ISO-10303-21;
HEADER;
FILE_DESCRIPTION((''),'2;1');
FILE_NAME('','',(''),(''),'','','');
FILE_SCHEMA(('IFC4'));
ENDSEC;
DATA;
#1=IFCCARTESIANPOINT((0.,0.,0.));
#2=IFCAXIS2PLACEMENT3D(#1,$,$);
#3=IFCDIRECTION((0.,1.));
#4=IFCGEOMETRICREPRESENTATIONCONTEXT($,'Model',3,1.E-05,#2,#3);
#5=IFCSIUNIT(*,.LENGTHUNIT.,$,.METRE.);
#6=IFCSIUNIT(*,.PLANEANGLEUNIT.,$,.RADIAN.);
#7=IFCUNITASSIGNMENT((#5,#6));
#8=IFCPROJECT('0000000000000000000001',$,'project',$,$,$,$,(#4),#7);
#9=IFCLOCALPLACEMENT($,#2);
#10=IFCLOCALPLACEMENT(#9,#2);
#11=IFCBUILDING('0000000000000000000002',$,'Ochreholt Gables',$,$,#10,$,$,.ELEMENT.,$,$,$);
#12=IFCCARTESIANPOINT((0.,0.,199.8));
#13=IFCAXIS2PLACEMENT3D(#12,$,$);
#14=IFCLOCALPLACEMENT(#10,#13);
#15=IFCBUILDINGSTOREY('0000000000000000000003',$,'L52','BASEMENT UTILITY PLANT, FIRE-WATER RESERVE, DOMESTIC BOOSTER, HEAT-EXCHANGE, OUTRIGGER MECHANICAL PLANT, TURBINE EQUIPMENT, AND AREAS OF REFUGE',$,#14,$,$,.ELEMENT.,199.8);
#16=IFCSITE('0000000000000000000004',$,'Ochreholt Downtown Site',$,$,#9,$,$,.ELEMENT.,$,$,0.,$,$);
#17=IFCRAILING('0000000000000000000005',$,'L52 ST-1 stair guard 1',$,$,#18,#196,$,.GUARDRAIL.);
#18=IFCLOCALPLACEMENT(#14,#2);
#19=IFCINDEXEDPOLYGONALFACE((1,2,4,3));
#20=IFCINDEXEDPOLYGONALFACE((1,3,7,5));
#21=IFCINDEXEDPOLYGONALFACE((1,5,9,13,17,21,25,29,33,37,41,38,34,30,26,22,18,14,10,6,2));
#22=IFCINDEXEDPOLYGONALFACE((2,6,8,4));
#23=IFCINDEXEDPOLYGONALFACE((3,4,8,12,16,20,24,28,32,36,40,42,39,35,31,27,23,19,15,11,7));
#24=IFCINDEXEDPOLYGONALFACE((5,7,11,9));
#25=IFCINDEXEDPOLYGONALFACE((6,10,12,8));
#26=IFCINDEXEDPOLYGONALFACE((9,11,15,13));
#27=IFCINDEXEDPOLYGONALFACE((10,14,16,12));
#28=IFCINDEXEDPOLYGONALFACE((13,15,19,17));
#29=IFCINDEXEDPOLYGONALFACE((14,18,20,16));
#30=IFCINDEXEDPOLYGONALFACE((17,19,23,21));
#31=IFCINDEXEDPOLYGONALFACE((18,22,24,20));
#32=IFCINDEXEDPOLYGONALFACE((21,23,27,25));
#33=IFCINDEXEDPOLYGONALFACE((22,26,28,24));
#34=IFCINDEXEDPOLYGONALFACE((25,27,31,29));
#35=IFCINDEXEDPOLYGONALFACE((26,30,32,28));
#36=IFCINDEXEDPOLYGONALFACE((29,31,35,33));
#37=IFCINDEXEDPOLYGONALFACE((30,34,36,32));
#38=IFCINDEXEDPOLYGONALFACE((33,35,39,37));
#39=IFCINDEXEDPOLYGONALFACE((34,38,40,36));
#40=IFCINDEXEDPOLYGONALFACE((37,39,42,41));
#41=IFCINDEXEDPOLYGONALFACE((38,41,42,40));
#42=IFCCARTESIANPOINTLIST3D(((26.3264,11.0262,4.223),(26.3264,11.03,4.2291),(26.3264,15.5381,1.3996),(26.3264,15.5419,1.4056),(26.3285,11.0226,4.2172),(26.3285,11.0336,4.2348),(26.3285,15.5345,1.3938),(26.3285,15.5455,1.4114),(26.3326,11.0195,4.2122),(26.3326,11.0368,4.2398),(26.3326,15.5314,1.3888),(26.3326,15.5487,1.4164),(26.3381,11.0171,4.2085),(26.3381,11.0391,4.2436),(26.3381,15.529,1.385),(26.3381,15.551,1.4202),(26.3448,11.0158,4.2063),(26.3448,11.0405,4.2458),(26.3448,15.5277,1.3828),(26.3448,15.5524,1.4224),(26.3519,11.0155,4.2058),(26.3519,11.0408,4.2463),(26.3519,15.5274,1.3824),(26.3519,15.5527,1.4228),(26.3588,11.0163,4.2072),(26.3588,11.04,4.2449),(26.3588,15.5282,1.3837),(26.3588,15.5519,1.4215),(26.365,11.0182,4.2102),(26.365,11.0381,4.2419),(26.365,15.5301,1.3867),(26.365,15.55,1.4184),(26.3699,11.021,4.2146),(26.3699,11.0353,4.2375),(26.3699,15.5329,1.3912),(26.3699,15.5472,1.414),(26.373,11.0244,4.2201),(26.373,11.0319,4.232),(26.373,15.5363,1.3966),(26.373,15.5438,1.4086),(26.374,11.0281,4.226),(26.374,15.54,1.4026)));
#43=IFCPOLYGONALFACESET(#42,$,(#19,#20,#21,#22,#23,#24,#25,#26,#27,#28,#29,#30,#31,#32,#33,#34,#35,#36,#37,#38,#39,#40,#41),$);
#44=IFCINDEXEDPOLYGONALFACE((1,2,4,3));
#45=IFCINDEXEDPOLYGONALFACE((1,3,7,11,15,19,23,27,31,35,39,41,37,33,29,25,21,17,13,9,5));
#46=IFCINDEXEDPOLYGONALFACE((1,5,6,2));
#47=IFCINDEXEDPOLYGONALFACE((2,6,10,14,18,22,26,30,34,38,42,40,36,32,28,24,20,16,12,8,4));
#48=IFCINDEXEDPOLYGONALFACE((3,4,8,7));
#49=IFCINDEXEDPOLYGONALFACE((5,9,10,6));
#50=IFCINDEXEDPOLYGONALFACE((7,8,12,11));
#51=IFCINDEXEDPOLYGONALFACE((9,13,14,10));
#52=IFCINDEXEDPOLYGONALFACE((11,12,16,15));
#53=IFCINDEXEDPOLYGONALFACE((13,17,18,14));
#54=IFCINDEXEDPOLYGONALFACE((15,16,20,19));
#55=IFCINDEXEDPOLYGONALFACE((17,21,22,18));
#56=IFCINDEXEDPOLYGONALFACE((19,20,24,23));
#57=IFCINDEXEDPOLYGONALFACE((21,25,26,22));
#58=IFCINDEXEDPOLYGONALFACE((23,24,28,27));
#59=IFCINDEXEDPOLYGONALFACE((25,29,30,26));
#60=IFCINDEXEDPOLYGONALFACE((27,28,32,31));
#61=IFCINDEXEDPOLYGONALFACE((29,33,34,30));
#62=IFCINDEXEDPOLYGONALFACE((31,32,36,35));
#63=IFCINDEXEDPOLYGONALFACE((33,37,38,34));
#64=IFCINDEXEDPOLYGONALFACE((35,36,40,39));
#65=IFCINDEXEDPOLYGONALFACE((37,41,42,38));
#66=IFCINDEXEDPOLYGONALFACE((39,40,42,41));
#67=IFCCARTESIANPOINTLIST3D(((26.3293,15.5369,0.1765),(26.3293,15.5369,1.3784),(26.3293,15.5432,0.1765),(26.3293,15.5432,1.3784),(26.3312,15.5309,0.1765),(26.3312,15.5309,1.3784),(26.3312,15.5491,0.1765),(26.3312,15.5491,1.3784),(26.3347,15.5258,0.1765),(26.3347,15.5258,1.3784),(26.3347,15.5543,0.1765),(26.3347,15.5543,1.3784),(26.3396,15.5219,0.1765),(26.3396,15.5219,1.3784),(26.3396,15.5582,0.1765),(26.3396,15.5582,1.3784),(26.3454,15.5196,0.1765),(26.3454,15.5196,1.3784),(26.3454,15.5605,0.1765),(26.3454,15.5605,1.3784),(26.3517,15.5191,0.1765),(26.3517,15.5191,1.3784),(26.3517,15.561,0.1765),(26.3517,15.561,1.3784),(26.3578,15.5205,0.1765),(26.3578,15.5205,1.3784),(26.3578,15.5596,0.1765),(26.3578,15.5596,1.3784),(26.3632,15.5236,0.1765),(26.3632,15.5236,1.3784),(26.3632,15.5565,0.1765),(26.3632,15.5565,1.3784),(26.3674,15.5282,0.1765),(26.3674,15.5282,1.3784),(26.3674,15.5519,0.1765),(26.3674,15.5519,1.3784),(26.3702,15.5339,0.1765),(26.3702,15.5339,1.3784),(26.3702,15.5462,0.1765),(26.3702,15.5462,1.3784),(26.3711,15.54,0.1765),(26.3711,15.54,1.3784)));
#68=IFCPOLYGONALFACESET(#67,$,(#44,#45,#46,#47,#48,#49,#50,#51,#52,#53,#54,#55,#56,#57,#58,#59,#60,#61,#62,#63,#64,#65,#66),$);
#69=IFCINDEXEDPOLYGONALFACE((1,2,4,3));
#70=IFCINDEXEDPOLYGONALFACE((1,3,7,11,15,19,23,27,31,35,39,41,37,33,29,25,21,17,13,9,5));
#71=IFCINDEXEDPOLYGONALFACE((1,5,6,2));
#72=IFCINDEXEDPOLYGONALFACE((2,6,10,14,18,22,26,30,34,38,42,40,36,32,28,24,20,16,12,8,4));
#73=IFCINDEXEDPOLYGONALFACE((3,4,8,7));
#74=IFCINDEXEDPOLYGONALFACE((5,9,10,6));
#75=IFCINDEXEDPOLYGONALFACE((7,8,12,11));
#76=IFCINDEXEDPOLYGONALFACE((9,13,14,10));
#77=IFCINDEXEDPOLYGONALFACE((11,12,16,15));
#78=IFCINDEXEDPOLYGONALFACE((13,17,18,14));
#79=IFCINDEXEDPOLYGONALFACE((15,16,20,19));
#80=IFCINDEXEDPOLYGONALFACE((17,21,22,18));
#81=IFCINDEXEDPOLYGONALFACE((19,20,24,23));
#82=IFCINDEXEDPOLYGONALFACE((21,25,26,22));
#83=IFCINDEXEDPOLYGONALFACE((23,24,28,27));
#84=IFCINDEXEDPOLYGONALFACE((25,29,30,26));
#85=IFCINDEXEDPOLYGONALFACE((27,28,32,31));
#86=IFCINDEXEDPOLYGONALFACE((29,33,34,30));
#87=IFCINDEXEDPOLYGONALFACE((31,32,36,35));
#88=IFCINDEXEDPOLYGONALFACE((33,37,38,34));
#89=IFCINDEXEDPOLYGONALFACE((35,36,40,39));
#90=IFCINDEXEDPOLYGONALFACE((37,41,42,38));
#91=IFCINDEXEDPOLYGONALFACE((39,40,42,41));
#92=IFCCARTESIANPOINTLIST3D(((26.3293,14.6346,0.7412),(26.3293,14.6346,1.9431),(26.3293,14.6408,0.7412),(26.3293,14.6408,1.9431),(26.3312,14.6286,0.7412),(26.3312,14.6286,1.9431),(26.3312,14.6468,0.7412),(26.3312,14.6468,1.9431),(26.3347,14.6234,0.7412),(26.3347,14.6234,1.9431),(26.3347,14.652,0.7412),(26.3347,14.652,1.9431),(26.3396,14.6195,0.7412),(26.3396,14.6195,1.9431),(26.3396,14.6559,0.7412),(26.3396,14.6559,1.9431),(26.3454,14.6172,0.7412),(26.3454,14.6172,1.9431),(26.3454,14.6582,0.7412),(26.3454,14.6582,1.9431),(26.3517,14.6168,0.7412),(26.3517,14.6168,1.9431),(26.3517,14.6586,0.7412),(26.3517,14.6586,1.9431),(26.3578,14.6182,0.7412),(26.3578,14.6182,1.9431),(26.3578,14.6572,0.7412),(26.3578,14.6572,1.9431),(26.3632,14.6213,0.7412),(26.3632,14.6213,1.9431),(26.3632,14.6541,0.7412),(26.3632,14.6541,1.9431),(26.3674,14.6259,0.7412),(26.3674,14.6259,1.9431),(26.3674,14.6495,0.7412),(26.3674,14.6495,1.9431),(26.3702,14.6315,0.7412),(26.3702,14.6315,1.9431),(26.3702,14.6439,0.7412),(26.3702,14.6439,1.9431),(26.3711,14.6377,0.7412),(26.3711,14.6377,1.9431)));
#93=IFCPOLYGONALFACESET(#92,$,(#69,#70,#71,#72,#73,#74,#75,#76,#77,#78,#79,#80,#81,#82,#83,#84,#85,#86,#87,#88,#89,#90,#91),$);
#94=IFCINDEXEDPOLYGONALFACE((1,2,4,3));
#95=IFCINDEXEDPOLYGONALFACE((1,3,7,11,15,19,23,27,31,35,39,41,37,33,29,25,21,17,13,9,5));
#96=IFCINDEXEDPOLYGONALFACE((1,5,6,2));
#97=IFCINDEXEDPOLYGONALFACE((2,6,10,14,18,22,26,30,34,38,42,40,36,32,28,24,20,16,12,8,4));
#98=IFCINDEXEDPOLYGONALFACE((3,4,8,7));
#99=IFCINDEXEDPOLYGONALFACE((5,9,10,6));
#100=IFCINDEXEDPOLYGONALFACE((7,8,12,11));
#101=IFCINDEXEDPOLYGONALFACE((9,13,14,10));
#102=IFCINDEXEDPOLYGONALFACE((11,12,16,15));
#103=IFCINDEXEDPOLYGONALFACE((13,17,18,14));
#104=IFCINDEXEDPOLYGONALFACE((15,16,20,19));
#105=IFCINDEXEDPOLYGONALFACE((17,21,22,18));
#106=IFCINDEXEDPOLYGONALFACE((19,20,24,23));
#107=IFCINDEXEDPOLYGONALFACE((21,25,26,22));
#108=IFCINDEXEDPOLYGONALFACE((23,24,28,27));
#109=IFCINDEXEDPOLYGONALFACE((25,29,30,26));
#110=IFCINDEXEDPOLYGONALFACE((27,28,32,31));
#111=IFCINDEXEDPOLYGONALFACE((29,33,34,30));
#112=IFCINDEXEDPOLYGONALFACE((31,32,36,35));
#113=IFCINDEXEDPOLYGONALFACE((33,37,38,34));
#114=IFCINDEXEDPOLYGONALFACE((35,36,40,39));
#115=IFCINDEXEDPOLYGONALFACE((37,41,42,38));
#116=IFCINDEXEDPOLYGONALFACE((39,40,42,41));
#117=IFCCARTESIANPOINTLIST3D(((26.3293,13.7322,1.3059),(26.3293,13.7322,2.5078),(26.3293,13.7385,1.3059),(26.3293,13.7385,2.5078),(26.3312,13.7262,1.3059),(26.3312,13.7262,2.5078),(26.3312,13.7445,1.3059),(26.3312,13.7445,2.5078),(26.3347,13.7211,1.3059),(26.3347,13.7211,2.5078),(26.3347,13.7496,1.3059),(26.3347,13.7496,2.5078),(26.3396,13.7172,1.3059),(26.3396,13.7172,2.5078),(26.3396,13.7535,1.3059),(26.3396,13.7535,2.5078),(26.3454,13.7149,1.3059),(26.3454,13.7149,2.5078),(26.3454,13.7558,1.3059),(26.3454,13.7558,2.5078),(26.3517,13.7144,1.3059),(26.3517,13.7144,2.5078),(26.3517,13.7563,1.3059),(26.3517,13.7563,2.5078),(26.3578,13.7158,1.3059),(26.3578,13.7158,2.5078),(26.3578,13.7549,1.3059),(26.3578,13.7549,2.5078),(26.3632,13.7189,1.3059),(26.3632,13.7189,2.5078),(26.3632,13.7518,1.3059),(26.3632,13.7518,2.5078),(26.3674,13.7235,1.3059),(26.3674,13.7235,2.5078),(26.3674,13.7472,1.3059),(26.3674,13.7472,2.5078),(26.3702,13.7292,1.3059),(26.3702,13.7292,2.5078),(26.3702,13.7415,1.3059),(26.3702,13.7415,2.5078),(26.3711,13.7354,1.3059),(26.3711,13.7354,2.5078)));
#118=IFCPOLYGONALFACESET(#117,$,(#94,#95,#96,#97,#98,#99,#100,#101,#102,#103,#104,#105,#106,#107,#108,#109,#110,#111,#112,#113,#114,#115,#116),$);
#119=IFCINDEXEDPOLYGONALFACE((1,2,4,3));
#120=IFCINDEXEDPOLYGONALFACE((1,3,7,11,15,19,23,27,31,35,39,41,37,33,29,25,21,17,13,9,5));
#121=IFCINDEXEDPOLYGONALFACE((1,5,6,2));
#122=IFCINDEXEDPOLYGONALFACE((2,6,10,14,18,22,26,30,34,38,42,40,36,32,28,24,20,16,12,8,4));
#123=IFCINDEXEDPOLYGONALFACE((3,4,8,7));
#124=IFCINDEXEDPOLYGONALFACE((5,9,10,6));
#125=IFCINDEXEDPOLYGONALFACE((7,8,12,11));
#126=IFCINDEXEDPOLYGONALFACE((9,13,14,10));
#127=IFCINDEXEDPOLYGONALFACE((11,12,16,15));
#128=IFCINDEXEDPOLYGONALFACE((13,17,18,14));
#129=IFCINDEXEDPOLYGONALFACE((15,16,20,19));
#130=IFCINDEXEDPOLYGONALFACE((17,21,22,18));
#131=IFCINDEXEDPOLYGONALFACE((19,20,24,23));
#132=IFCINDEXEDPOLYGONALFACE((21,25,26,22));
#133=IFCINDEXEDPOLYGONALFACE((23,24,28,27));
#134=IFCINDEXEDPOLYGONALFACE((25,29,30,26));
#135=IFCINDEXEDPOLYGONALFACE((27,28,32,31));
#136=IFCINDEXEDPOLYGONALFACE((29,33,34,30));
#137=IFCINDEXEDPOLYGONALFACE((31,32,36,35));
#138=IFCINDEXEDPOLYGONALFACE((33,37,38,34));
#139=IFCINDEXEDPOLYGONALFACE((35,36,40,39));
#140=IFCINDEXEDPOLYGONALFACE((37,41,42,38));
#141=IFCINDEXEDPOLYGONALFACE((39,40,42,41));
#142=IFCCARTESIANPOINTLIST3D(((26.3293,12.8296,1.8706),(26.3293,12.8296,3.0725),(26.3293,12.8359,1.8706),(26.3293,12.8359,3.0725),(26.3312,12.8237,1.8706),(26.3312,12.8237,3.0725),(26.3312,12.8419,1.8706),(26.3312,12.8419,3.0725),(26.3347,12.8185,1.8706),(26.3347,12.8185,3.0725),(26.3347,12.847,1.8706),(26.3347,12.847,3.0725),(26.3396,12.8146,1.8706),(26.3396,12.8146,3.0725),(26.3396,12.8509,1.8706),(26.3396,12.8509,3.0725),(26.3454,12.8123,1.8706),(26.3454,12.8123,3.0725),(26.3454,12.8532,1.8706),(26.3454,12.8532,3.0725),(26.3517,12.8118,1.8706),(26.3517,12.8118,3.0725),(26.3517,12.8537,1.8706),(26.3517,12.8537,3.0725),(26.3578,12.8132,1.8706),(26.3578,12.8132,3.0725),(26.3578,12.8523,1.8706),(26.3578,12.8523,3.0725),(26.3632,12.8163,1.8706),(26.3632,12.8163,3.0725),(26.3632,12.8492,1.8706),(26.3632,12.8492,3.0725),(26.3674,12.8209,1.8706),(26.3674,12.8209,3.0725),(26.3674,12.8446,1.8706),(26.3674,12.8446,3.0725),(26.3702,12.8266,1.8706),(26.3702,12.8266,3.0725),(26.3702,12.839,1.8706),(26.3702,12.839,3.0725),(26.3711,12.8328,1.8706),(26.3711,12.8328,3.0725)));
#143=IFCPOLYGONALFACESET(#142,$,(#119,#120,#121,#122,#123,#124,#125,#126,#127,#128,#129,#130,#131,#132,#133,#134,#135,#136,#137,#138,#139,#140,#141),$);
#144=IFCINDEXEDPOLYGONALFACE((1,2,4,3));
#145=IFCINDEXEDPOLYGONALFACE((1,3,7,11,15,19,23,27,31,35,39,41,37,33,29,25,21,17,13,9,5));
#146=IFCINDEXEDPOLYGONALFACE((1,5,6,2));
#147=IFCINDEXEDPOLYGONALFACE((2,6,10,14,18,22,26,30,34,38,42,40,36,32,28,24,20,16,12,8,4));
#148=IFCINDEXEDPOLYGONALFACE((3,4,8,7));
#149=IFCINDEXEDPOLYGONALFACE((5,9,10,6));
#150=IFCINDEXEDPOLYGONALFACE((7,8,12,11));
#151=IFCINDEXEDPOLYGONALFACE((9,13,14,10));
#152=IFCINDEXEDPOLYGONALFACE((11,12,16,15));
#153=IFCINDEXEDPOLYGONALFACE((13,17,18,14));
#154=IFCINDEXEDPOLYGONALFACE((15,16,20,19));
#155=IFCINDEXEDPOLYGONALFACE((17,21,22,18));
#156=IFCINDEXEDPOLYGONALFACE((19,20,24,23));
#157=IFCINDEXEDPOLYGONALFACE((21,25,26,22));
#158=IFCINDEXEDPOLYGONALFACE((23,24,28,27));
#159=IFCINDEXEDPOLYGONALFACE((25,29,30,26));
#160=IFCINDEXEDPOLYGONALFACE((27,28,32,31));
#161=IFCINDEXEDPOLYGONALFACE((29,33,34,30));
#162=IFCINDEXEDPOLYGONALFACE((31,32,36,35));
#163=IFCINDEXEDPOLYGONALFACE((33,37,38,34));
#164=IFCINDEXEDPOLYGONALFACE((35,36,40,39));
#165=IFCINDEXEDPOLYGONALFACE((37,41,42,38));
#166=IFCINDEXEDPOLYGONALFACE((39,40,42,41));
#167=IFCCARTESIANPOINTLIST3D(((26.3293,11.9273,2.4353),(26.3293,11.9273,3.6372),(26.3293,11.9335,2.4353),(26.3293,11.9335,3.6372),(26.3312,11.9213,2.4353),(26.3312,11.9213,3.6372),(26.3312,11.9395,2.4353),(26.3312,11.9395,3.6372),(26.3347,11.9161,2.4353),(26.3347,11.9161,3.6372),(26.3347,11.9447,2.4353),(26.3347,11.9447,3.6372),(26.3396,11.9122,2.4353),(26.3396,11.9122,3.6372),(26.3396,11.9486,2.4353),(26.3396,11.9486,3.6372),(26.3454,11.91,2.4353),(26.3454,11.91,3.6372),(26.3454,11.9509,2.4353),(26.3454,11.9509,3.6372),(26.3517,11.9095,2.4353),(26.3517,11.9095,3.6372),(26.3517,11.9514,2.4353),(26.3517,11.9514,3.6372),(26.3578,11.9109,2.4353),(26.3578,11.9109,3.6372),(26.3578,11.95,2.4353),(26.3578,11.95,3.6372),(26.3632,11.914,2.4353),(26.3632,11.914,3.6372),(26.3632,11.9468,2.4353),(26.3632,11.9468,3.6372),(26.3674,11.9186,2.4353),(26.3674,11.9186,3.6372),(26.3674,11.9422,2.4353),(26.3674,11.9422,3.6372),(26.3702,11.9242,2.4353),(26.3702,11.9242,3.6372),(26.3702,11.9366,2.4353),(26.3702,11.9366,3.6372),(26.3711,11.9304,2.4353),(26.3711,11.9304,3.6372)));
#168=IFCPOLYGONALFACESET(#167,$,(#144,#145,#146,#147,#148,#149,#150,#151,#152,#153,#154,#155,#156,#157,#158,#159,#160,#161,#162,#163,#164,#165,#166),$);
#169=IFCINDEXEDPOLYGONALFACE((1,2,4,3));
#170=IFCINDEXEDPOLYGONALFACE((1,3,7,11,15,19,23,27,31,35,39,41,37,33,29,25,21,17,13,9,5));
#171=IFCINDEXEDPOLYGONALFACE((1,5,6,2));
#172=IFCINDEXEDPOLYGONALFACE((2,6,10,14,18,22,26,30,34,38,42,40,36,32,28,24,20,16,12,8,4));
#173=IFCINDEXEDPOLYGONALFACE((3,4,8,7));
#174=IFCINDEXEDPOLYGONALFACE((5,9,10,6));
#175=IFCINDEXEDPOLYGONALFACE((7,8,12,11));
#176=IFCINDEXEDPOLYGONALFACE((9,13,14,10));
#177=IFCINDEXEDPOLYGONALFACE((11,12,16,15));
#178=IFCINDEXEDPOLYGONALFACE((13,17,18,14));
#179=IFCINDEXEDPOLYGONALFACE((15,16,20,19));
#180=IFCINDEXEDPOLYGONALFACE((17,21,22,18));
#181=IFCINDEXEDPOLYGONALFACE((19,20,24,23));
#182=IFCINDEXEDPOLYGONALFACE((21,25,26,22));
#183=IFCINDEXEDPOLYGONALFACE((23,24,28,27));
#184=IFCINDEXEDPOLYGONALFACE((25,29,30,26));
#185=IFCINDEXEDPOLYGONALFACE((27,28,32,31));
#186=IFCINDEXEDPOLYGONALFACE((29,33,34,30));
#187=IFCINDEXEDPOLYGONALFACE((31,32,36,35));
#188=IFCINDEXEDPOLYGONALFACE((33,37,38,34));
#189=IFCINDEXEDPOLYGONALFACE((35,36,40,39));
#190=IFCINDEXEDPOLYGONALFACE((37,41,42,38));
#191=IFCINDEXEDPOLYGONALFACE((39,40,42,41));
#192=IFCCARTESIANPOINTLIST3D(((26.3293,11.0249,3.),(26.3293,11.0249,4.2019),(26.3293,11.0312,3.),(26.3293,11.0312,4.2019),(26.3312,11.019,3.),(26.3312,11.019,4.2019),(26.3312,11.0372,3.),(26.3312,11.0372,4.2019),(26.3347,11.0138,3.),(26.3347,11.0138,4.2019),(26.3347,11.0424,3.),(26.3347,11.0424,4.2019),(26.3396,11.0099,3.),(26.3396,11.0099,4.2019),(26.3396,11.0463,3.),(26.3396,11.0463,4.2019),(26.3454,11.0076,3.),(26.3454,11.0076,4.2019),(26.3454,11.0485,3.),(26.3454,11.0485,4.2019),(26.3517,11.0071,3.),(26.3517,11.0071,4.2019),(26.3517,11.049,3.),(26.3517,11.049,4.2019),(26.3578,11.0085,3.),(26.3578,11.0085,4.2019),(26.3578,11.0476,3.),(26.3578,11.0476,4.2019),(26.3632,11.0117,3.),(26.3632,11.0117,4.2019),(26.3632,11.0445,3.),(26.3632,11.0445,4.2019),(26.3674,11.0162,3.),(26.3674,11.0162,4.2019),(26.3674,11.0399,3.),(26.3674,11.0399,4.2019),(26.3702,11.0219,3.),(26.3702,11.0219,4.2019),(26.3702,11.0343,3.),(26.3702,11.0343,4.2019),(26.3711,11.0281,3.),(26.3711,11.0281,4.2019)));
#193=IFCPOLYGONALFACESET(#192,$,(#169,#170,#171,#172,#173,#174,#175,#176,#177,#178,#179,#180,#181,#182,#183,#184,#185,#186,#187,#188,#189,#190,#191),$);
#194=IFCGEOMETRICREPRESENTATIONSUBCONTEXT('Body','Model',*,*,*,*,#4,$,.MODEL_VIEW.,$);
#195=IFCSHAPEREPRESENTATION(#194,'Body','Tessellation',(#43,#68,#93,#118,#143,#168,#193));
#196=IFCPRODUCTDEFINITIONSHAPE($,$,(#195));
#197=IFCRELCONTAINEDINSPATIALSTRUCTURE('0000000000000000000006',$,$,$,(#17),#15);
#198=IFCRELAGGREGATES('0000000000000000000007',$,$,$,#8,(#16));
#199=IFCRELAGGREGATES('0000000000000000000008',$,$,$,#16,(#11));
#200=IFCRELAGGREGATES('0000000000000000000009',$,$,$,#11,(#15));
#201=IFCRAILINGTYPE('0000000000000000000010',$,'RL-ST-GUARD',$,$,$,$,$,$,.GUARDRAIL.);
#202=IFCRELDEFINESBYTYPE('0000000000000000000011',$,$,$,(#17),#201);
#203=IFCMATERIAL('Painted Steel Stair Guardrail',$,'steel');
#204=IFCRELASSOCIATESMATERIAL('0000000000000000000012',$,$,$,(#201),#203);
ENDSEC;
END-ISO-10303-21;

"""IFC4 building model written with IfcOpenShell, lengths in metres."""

from ifc_helpers import new_model, si_unit, direction, frame, origin, origin_2d, place, context, subcontext, project, spatial, circle, extrude, material, type_object, element, save


model = new_model("IFC4")

# Units and contexts
model_context = context("Model", 3, precision=1e-05, world=origin(), true_north=direction((0.0, 1.0)))
body_context = subcontext(model_context, "Body", "Model", "MODEL_VIEW")
ifc_project = project(units=[si_unit("LENGTHUNIT", "METRE"), si_unit("PLANEANGLEUNIT", "RADIAN")], contexts=[model_context])

# Site, building, storey
site_placement = place(None, origin())
site = spatial("IfcSite", under=ifc_project, at=site_placement, Name="Ochreholt Downtown Site", CompositionType="ELEMENT", RefElevation=0.0)
building_placement = place(site_placement, origin())
building = spatial("IfcBuilding", under=site, at=building_placement, Name="Ochreholt Gables", CompositionType="ELEMENT")
storey_placement = place(building_placement, frame((0.0, 0.0, 199.8)))
storey = spatial("IfcBuildingStorey", under=building, at=storey_placement, Name="L52", Description="BASEMENT UTILITY PLANT, FIRE-WATER RESERVE, DOMESTIC BOOSTER, HEAT-EXCHANGE, OUTRIGGER MECHANICAL PLANT, TURBINE EQUIPMENT, AND AREAS OF REFUGE", CompositionType="ELEMENT", Elevation=199.8)

# Railing
ifc_material_1 = material(Name="Painted Steel Stair Guardrail", Category="steel")
railing_type_1 = type_object("IfcRailingType", Name="RL-ST-GUARD", PredefinedType="GUARDRAIL", material=ifc_material_1)
railing_1_placement = place(storey_placement, frame((26.3501, 15.54, 0.1765)))
element("IfcRailing", 1, at=railing_1_placement, inside=storey, type_object=railing_type_1, Name="L52 ST-1 stair guard 1", PredefinedType="GUARDRAIL", context=body_context, shape_type="SweptSolid", body=[
    extrude(circle(Radius=0.0239, at=origin_2d()), frame((0.0, 0.0, 1.2261), z_axis=(0.0, -0.847702, 0.530473), x_axis=(1.0, 0.0, 0.0)), (0.0, 0.0, 1.0), 5.3225),
    extrude(circle(Radius=0.021, at=origin_2d()), origin(), (0.0, 0.0, 1.0), 1.2019),
    extrude(circle(Radius=0.021, at=origin_2d()), frame((0.0, -0.9023, 0.5647)), (0.0, 0.0, 1.0), 1.2019),
    extrude(circle(Radius=0.021, at=origin_2d()), frame((0.0, -1.8047, 1.1294)), (0.0, 0.0, 1.0), 1.2019),
    extrude(circle(Radius=0.021, at=origin_2d()), frame((0.0, -2.7073, 1.6941)), (0.0, 0.0, 1.0), 1.2019),
    extrude(circle(Radius=0.021, at=origin_2d()), frame((0.0, -3.6096, 2.2588)), (0.0, 0.0, 1.0), 1.2019),
    extrude(circle(Radius=0.021, at=origin_2d()), frame((0.0, -4.512, 2.8235)), (0.0, 0.0, 1.0), 1.2019),
])

save(model, "model.ifc")
